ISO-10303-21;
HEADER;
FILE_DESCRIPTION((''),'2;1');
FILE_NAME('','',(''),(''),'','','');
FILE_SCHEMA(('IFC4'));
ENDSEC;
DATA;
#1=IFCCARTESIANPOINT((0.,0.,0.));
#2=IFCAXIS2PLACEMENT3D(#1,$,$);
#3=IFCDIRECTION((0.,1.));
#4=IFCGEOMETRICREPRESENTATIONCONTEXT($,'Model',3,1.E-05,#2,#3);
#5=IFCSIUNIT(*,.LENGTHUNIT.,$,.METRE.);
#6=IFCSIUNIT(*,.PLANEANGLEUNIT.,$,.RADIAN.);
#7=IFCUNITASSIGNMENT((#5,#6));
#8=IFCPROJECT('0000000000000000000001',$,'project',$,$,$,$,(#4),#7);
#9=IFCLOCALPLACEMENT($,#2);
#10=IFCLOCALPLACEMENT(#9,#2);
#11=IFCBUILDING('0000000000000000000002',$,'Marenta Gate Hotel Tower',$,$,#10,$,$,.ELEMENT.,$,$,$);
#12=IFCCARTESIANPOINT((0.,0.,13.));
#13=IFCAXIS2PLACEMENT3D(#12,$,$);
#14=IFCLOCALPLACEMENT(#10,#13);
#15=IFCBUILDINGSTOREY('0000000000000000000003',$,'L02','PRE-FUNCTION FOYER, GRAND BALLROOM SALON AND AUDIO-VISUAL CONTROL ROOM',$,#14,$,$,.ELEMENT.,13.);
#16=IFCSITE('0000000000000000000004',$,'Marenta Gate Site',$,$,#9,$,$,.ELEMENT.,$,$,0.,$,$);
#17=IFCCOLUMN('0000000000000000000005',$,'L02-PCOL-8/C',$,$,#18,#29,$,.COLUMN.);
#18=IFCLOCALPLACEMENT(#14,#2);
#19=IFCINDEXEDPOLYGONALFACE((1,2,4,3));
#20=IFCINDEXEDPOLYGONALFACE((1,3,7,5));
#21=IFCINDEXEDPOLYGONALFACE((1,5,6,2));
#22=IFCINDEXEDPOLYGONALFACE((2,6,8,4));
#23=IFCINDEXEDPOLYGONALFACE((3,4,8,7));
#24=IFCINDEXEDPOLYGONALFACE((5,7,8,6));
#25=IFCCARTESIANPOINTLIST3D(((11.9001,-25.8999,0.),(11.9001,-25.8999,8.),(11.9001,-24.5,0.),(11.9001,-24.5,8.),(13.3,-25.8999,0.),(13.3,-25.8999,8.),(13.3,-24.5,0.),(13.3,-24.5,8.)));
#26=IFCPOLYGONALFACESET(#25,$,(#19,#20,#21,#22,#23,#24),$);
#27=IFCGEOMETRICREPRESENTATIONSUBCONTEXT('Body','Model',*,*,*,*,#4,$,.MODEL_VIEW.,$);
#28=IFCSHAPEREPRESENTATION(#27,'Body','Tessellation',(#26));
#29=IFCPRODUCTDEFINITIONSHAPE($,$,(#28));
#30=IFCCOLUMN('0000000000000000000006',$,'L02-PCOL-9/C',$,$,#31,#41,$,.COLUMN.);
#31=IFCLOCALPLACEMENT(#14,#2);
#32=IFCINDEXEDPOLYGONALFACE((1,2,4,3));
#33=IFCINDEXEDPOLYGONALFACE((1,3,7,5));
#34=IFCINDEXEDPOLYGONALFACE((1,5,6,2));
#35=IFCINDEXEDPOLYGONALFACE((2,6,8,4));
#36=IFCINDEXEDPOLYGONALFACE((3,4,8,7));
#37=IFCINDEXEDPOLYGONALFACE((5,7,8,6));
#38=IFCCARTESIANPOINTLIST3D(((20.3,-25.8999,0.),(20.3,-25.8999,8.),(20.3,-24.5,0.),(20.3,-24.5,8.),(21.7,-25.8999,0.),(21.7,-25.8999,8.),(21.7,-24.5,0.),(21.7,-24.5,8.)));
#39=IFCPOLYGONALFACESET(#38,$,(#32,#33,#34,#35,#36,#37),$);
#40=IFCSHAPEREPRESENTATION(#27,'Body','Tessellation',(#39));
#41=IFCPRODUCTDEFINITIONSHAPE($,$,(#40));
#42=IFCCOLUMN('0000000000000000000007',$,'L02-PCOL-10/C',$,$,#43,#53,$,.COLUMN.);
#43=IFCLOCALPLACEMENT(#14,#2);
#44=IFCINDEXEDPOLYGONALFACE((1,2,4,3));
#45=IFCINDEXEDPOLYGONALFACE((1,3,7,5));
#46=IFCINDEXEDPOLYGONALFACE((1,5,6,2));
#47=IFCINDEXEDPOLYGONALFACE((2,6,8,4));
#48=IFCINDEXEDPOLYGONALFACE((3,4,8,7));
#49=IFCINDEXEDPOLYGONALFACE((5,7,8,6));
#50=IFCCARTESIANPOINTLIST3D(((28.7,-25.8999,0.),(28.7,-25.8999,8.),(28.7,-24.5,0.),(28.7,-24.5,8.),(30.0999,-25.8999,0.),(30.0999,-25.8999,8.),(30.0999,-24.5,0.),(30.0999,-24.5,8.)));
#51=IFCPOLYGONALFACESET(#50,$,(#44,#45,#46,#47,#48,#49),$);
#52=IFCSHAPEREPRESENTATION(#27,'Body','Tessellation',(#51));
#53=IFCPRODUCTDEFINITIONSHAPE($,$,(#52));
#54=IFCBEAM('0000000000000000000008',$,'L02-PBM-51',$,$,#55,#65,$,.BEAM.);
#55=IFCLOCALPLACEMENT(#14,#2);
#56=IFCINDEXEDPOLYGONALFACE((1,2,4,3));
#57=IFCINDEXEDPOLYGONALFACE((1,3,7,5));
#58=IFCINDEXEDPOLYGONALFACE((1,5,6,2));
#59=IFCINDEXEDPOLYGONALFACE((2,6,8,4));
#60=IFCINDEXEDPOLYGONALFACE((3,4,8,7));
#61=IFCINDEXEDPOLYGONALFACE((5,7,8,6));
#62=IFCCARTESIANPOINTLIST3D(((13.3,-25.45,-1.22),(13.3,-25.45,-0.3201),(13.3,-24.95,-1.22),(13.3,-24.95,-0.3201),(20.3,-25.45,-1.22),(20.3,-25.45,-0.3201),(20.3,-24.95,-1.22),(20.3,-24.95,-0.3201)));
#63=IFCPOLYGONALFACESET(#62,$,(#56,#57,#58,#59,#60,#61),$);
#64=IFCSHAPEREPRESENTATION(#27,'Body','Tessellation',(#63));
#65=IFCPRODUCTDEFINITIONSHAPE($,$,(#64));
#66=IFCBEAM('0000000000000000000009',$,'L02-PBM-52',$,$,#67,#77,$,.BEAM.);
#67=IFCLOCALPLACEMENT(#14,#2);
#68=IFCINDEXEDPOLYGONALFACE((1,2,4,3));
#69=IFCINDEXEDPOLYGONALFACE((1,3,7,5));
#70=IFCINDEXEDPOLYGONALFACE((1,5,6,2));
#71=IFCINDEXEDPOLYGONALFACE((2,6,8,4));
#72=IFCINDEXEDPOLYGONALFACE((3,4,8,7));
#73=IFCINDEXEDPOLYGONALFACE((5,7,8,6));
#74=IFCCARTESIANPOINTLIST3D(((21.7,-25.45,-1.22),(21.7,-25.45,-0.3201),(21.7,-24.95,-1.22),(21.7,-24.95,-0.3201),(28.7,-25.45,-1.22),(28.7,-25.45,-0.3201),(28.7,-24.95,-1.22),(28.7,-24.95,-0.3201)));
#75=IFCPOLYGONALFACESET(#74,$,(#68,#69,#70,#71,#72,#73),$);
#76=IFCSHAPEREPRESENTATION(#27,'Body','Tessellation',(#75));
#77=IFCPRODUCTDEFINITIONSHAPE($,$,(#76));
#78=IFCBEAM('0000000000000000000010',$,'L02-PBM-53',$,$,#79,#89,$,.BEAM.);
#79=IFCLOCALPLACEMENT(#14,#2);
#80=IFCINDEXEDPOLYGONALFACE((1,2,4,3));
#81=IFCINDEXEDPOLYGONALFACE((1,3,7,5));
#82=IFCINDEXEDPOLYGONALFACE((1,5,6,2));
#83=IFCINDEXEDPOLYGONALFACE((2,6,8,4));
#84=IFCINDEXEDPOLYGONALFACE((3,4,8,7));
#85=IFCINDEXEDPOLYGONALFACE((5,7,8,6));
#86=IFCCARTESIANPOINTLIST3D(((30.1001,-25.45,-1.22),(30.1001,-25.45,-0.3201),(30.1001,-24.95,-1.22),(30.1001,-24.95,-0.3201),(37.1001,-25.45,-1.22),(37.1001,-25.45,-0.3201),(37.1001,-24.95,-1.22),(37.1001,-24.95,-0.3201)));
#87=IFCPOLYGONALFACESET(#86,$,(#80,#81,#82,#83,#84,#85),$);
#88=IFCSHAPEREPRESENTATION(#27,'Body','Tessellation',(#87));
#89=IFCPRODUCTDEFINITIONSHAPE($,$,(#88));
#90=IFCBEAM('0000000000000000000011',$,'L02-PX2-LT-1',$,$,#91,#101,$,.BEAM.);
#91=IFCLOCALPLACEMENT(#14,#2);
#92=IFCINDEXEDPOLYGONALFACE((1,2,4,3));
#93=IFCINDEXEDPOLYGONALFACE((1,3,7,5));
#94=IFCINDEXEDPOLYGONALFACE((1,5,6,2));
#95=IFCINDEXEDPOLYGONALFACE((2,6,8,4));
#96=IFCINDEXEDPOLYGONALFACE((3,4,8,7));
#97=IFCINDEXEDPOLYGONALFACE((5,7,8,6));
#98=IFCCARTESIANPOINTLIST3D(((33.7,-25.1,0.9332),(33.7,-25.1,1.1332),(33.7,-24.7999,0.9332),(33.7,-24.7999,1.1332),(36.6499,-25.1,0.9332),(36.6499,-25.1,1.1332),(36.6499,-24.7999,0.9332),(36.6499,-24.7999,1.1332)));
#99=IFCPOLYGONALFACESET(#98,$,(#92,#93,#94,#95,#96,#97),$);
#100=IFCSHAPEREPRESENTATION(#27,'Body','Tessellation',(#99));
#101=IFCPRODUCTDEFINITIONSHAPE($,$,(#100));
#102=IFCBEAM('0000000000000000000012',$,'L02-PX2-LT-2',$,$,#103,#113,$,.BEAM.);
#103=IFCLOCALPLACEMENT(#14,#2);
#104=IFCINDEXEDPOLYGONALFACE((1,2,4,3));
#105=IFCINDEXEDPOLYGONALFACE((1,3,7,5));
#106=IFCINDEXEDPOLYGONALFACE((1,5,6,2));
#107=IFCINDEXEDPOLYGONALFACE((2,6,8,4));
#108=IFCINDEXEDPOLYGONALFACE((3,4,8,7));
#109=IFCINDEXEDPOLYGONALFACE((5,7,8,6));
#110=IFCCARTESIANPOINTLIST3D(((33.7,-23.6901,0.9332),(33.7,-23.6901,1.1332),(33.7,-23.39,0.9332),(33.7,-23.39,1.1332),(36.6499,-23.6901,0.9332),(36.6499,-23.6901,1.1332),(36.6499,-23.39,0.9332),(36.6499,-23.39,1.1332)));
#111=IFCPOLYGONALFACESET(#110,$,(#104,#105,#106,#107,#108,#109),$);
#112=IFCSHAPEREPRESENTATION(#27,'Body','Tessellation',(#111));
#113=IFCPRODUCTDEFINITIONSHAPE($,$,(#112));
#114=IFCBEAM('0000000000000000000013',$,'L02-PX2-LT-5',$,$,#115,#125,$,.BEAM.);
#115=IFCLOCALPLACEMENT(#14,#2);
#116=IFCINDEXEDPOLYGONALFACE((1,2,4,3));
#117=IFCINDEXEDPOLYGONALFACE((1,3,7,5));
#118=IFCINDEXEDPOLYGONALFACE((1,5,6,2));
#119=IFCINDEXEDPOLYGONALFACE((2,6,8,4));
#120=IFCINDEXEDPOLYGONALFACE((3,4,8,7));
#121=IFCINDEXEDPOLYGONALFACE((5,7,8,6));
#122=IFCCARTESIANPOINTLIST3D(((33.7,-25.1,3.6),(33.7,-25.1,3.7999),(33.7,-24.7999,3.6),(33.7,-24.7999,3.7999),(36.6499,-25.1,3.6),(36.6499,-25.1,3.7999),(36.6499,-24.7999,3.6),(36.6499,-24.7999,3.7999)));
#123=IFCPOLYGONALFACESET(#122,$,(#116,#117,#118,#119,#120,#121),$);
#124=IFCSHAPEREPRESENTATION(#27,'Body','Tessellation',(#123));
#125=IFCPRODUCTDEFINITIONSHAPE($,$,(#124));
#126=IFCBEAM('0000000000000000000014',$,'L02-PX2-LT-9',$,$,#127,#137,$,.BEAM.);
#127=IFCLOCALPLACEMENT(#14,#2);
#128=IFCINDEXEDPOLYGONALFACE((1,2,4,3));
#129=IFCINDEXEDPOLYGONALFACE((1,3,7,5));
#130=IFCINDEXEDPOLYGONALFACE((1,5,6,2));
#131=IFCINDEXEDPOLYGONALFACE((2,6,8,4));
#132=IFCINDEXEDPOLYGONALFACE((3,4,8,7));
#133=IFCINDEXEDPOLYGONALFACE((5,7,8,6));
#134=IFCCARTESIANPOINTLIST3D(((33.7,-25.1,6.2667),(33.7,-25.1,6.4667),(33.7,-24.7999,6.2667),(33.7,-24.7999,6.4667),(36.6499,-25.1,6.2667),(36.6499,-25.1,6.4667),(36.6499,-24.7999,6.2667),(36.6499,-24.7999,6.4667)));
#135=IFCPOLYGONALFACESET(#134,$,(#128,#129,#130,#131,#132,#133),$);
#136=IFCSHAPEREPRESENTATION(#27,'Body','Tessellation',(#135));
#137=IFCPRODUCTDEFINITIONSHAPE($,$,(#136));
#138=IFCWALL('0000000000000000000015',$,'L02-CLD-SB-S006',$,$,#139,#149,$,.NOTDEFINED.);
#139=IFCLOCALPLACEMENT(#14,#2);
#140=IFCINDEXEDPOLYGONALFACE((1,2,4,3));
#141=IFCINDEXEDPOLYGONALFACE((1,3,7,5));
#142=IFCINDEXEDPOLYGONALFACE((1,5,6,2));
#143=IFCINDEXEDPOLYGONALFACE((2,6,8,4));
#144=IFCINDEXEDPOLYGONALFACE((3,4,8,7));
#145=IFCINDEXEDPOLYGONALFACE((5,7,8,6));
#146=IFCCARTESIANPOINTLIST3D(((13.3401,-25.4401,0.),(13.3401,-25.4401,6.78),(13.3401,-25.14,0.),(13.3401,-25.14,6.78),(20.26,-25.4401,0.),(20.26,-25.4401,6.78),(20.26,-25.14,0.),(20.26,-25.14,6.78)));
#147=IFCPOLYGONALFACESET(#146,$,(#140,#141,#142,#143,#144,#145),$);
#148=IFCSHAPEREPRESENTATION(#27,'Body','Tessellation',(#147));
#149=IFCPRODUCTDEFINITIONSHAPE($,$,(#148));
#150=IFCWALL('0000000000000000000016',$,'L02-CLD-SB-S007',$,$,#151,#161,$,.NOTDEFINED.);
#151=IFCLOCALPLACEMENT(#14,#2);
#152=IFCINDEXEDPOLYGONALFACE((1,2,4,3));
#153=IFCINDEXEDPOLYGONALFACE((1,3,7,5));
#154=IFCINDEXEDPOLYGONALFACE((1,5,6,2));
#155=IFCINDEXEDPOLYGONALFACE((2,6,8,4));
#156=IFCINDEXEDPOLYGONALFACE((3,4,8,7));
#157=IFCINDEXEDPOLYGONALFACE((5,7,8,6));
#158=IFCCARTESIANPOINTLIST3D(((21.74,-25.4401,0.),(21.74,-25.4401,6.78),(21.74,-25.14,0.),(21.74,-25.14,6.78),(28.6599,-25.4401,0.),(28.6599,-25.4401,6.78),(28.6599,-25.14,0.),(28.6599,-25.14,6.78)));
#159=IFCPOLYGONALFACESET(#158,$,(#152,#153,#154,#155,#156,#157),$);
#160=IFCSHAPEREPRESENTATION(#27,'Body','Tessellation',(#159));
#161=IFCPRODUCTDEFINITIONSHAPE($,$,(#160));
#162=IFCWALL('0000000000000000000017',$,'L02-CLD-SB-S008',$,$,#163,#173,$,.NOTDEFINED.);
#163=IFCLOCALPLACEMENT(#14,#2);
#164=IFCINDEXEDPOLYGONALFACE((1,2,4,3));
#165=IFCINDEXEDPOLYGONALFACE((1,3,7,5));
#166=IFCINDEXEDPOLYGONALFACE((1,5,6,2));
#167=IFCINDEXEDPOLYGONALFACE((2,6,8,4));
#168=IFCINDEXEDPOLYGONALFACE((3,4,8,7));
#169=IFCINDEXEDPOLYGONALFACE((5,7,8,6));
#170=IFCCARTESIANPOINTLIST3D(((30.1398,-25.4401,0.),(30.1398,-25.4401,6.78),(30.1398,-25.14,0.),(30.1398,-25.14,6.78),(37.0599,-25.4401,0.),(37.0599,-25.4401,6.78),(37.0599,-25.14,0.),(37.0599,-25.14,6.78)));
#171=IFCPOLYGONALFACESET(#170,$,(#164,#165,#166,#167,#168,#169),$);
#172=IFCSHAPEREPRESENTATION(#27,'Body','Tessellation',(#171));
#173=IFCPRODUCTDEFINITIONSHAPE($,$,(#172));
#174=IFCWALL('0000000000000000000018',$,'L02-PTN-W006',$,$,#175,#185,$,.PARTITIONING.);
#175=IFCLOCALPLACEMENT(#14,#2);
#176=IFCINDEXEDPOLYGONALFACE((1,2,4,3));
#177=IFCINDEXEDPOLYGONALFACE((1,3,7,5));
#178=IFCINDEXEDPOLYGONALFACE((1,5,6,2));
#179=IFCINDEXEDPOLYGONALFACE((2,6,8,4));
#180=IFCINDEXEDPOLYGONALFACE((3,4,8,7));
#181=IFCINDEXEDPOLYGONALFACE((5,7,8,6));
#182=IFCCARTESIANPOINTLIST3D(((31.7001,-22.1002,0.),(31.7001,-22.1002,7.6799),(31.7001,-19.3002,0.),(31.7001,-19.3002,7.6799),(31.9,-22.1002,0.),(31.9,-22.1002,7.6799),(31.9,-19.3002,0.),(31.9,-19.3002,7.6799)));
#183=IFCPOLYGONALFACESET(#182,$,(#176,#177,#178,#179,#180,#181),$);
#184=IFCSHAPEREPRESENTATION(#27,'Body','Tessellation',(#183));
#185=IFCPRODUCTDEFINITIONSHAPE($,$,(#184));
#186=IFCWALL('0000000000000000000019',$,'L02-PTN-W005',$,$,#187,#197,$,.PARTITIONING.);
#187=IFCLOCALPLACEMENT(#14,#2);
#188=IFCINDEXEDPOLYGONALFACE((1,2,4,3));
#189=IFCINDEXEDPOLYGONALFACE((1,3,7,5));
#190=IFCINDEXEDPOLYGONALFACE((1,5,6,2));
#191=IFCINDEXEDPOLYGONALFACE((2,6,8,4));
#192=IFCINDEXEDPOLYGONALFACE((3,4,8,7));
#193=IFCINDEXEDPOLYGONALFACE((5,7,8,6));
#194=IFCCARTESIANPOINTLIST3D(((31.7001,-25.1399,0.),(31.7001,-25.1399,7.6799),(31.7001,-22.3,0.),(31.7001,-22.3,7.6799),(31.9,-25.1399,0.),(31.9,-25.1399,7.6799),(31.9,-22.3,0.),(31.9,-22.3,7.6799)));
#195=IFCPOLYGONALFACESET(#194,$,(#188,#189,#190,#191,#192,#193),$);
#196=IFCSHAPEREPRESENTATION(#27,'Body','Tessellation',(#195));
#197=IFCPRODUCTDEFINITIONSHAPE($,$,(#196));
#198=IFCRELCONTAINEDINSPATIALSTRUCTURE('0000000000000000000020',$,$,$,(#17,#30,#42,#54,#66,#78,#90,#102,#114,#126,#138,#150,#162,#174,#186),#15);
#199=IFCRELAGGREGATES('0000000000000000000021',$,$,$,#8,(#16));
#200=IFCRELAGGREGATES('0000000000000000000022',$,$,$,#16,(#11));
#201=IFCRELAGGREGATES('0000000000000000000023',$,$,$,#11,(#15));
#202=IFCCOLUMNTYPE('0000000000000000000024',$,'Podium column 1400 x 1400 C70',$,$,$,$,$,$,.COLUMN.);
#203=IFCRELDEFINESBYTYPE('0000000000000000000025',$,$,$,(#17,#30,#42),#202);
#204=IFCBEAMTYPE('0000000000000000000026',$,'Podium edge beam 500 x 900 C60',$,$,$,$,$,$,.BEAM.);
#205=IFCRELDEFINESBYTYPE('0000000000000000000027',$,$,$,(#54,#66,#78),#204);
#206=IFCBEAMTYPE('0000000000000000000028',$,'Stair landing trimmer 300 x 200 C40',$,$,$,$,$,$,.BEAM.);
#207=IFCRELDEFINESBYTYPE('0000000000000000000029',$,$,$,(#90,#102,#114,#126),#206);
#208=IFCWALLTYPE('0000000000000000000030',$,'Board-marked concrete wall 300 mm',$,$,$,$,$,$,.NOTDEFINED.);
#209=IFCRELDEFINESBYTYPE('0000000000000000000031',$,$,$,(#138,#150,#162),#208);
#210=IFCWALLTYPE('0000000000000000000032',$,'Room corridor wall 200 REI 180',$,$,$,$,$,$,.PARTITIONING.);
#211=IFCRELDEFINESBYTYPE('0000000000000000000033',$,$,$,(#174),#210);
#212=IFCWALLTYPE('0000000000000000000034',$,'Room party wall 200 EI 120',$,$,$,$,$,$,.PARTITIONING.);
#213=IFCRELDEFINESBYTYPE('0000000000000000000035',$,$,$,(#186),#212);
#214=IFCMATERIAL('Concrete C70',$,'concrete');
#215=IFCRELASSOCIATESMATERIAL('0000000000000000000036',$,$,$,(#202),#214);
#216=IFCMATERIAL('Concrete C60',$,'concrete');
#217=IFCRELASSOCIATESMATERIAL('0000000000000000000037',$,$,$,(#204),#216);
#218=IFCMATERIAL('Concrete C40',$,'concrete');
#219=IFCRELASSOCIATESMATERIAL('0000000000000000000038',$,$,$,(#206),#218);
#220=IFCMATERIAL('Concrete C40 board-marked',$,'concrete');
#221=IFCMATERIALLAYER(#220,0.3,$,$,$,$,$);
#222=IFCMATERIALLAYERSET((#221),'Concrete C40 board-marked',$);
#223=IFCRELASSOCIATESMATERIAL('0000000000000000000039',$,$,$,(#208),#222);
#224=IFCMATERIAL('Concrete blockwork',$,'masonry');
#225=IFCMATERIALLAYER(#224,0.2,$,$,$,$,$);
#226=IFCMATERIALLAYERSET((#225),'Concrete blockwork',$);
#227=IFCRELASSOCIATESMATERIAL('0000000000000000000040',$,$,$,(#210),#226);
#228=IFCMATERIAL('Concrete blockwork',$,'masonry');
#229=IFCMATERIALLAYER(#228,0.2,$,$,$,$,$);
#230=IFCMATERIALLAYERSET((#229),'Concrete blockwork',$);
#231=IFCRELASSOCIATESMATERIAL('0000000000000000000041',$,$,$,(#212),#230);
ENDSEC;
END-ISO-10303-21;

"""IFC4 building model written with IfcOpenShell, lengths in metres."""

from ifc_helpers import new_model, si_unit, direction, frame, frame_2d, origin, origin_2d, place, context, subcontext, project, spatial, rectangle, extrude, material, layer, layer_set, material_profile, profile_set, type_object, element, save


model = new_model("IFC4")

# Units and contexts
model_context = context("Model", 3, precision=1e-05, world=origin(), true_north=direction((0.0, 1.0)))
body_context = subcontext(model_context, "Body", "Model", "MODEL_VIEW")
ifc_project = project(units=[si_unit("LENGTHUNIT", "METRE"), si_unit("PLANEANGLEUNIT", "RADIAN")], contexts=[model_context])

# Site, building, storey
site_placement = place(None, origin())
site = spatial("IfcSite", under=ifc_project, at=site_placement, Name="Marenta Gate Site", CompositionType="ELEMENT", RefElevation=0.0)
building_placement = place(site_placement, origin())
building = spatial("IfcBuilding", under=site, at=building_placement, Name="Marenta Gate Hotel Tower", CompositionType="ELEMENT")
storey_placement = place(building_placement, frame((0.0, 0.0, 13.0)))
storey = spatial("IfcBuildingStorey", under=building, at=storey_placement, Name="L02", Description="PRE-FUNCTION FOYER, GRAND BALLROOM SALON AND AUDIO-VISUAL CONTROL ROOM", CompositionType="ELEMENT", Elevation=13.0)

# Columns
ifc_material_1 = material(Name="Concrete C70", Category="concrete")
ifc_material_profile_1 = material_profile(ifc_material_1, rectangle(XDim=1.3999, YDim=1.3999, at=origin_2d()), Name="1400 x 1400")
ifc_profile_set_1 = profile_set([ifc_material_profile_1], Name="Concrete C70")
column_type = type_object("IfcColumnType", Name="Podium column 1400 x 1400 C70", PredefinedType="COLUMN", material=ifc_profile_set_1)
for number, where, z_axis, x_axis, name in (
    (1, (12.6001, -25.2, 0.0), (0.0, 0.0, 1.0), (1.0, 0.0, 0.0), "L02-PCOL-8/C"),
    (2, (21.0, -25.2, 0.0), (0.0, 0.0, 1.0), (1.0, 0.0, 0.0), "L02-PCOL-9/C"),
    (3, (29.3999, -25.2, 0.0), (0.0, 0.0, 1.0), (1.0, 0.0, 0.0), "L02-PCOL-10/C"),
):
    element("IfcColumn", number, at=place(storey_placement, frame(where, z_axis=z_axis, x_axis=x_axis)), inside=storey, type_object=column_type, Name=name, PredefinedType="COLUMN", context=body_context, shape_type="SweptSolid", body=[
        extrude(rectangle(XDim=1.3999, YDim=1.3999, at=origin_2d()), origin(), (0.0, 0.0, 1.0), 8.0),
    ])

# Beams
ifc_material_2 = material(Name="Concrete C60", Category="concrete")
ifc_material_profile_2 = material_profile(ifc_material_2, rectangle(XDim=0.5, YDim=0.8999, at=origin_2d()), Name="500 x 900")
ifc_profile_set_2 = profile_set([ifc_material_profile_2], Name="Concrete C60")
beam_type_1 = type_object("IfcBeamType", Name="Podium edge beam 500 x 900 C60", PredefinedType="BEAM", material=ifc_profile_set_2)
for number, where, z_axis, x_axis, name in (
    (4, (13.3, -25.2, -0.77), (1.0, 0.0, 0.0), (0.0, 1.0, 0.0), "L02-PBM-51"),
    (5, (21.7, -25.2, -0.77), (1.0, 0.0, 0.0), (0.0, 1.0, 0.0), "L02-PBM-52"),
    (6, (30.1001, -25.2, -0.77), (1.0, 0.0, 0.0), (0.0, 1.0, 0.0), "L02-PBM-53"),
):
    element("IfcBeam", number, at=place(storey_placement, frame(where, z_axis=z_axis, x_axis=x_axis)), inside=storey, type_object=beam_type_1, Name=name, PredefinedType="BEAM", context=body_context, shape_type="SweptSolid", body=[
        extrude(rectangle(XDim=0.5, YDim=0.8999, at=origin_2d()), origin(), (0.0, 0.0, 1.0), 7.0),
    ])
ifc_material_3 = material(Name="Concrete C40", Category="concrete")
ifc_material_profile_3 = material_profile(ifc_material_3, rectangle(XDim=0.3, YDim=0.2, at=origin_2d()), Name="300 x 200")
ifc_profile_set_3 = profile_set([ifc_material_profile_3], Name="Concrete C40")
beam_type_2 = type_object("IfcBeamType", Name="Stair landing trimmer 300 x 200 C40", PredefinedType="BEAM", material=ifc_profile_set_3)
for number, where, z_axis, x_axis, name in (
    (7, (33.7, -24.95, 1.0332), (1.0, 0.0, 0.0), (0.0, 1.0, 0.0), "L02-PX2-LT-1"),
    (8, (33.7, -23.54, 1.0332), (1.0, 0.0, 0.0), (0.0, 1.0, 0.0), "L02-PX2-LT-2"),
    (9, (33.7, -24.95, 3.7), (1.0, 0.0, 0.0), (0.0, 1.0, 0.0), "L02-PX2-LT-5"),
    (10, (33.7, -24.95, 6.3667), (1.0, 0.0, 0.0), (0.0, 1.0, 0.0), "L02-PX2-LT-9"),
):
    element("IfcBeam", number, at=place(storey_placement, frame(where, z_axis=z_axis, x_axis=x_axis)), inside=storey, type_object=beam_type_2, Name=name, PredefinedType="BEAM", context=body_context, shape_type="SweptSolid", body=[
        extrude(rectangle(XDim=0.3, YDim=0.2, at=origin_2d()), origin(), (0.0, 0.0, 1.0), 2.95),
    ])

# Walls
ifc_material_4 = material(Name="Concrete C40 board-marked", Category="concrete")
ifc_layer_1 = layer(ifc_material_4, 0.3)
ifc_layer_set_1 = layer_set([ifc_layer_1], Name="Concrete C40 board-marked")
wall_type_1 = type_object("IfcWallType", Name="Board-marked concrete wall 300 mm", PredefinedType="NOTDEFINED", material=ifc_layer_set_1)
for number, where, z_axis, x_axis, name in (
    (11, (13.3401, -25.29, 0.0), (0.0, 0.0, 1.0), (1.0, 0.0, 0.0), "L02-CLD-SB-S006"),
    (12, (21.74, -25.29, 0.0), (0.0, 0.0, 1.0), (1.0, 0.0, 0.0), "L02-CLD-SB-S007"),
):
    element("IfcWall", number, at=place(storey_placement, frame(where, z_axis=z_axis, x_axis=x_axis)), inside=storey, type_object=wall_type_1, Name=name, PredefinedType="NOTDEFINED", context=body_context, shape_type="SweptSolid", body=[
        extrude(rectangle(XDim=6.9199, YDim=0.3, at=frame_2d((3.46, 0.0))), origin(), (0.0, 0.0, 1.0), 6.78),
    ])
wall_1_placement = place(storey_placement, frame((30.1399, -25.29, 0.0), z_axis=(0.0, 0.0, 1.0), x_axis=(1.0, 0.0, 0.0)))
element("IfcWall", 13, at=wall_1_placement, inside=storey, type_object=wall_type_1, Name="L02-CLD-SB-S008", PredefinedType="NOTDEFINED", context=body_context, shape_type="SweptSolid", body=[
    extrude(rectangle(XDim=6.9202, YDim=0.3, at=frame_2d((3.46, 0.0))), origin(), (0.0, 0.0, 1.0), 6.78),
])

# Shared definitions
ifc_material_5 = material(Name="Concrete blockwork", Category="masonry")
ifc_layer_2 = layer(ifc_material_5, 0.2)
ifc_layer_set_2 = layer_set([ifc_layer_2], Name="Concrete blockwork")
wall_type_2 = type_object("IfcWallType", Name="Room corridor wall 200 REI 180", PredefinedType="PARTITIONING", material=ifc_layer_set_2)

# Wall
wall_2_placement = place(storey_placement, frame((31.8, -22.1001, 0.0), z_axis=(0.0, 0.0, 1.0), x_axis=(0.0, 1.0, 0.0)))
element("IfcWall", 14, at=wall_2_placement, inside=storey, type_object=wall_type_2, Name="L02-PTN-W006", PredefinedType="PARTITIONING", context=body_context, shape_type="SweptSolid", body=[
    extrude(rectangle(XDim=2.8, YDim=0.2, at=frame_2d((1.3999, 0.0))), origin(), (0.0, 0.0, 1.0), 7.6799),
])

# Wall
ifc_material_6 = material(Name="Concrete blockwork", Category="masonry")
ifc_layer_3 = layer(ifc_material_6, 0.2)
ifc_layer_set_3 = layer_set([ifc_layer_3], Name="Concrete blockwork")
wall_type_3 = type_object("IfcWallType", Name="Room party wall 200 EI 120", PredefinedType="PARTITIONING", material=ifc_layer_set_3)
wall_3_placement = place(storey_placement, frame((31.8, -25.1399, 0.0), z_axis=(0.0, 0.0, 1.0), x_axis=(0.0, 1.0, 0.0)))
element("IfcWall", 15, at=wall_3_placement, inside=storey, type_object=wall_type_3, Name="L02-PTN-W005", PredefinedType="PARTITIONING", context=body_context, shape_type="SweptSolid", body=[
    extrude(rectangle(XDim=2.8398, YDim=0.2, at=frame_2d((1.4199, 0.0))), origin(), (0.0, 0.0, 1.0), 7.6799),
])

save(model, "model.ifc")
